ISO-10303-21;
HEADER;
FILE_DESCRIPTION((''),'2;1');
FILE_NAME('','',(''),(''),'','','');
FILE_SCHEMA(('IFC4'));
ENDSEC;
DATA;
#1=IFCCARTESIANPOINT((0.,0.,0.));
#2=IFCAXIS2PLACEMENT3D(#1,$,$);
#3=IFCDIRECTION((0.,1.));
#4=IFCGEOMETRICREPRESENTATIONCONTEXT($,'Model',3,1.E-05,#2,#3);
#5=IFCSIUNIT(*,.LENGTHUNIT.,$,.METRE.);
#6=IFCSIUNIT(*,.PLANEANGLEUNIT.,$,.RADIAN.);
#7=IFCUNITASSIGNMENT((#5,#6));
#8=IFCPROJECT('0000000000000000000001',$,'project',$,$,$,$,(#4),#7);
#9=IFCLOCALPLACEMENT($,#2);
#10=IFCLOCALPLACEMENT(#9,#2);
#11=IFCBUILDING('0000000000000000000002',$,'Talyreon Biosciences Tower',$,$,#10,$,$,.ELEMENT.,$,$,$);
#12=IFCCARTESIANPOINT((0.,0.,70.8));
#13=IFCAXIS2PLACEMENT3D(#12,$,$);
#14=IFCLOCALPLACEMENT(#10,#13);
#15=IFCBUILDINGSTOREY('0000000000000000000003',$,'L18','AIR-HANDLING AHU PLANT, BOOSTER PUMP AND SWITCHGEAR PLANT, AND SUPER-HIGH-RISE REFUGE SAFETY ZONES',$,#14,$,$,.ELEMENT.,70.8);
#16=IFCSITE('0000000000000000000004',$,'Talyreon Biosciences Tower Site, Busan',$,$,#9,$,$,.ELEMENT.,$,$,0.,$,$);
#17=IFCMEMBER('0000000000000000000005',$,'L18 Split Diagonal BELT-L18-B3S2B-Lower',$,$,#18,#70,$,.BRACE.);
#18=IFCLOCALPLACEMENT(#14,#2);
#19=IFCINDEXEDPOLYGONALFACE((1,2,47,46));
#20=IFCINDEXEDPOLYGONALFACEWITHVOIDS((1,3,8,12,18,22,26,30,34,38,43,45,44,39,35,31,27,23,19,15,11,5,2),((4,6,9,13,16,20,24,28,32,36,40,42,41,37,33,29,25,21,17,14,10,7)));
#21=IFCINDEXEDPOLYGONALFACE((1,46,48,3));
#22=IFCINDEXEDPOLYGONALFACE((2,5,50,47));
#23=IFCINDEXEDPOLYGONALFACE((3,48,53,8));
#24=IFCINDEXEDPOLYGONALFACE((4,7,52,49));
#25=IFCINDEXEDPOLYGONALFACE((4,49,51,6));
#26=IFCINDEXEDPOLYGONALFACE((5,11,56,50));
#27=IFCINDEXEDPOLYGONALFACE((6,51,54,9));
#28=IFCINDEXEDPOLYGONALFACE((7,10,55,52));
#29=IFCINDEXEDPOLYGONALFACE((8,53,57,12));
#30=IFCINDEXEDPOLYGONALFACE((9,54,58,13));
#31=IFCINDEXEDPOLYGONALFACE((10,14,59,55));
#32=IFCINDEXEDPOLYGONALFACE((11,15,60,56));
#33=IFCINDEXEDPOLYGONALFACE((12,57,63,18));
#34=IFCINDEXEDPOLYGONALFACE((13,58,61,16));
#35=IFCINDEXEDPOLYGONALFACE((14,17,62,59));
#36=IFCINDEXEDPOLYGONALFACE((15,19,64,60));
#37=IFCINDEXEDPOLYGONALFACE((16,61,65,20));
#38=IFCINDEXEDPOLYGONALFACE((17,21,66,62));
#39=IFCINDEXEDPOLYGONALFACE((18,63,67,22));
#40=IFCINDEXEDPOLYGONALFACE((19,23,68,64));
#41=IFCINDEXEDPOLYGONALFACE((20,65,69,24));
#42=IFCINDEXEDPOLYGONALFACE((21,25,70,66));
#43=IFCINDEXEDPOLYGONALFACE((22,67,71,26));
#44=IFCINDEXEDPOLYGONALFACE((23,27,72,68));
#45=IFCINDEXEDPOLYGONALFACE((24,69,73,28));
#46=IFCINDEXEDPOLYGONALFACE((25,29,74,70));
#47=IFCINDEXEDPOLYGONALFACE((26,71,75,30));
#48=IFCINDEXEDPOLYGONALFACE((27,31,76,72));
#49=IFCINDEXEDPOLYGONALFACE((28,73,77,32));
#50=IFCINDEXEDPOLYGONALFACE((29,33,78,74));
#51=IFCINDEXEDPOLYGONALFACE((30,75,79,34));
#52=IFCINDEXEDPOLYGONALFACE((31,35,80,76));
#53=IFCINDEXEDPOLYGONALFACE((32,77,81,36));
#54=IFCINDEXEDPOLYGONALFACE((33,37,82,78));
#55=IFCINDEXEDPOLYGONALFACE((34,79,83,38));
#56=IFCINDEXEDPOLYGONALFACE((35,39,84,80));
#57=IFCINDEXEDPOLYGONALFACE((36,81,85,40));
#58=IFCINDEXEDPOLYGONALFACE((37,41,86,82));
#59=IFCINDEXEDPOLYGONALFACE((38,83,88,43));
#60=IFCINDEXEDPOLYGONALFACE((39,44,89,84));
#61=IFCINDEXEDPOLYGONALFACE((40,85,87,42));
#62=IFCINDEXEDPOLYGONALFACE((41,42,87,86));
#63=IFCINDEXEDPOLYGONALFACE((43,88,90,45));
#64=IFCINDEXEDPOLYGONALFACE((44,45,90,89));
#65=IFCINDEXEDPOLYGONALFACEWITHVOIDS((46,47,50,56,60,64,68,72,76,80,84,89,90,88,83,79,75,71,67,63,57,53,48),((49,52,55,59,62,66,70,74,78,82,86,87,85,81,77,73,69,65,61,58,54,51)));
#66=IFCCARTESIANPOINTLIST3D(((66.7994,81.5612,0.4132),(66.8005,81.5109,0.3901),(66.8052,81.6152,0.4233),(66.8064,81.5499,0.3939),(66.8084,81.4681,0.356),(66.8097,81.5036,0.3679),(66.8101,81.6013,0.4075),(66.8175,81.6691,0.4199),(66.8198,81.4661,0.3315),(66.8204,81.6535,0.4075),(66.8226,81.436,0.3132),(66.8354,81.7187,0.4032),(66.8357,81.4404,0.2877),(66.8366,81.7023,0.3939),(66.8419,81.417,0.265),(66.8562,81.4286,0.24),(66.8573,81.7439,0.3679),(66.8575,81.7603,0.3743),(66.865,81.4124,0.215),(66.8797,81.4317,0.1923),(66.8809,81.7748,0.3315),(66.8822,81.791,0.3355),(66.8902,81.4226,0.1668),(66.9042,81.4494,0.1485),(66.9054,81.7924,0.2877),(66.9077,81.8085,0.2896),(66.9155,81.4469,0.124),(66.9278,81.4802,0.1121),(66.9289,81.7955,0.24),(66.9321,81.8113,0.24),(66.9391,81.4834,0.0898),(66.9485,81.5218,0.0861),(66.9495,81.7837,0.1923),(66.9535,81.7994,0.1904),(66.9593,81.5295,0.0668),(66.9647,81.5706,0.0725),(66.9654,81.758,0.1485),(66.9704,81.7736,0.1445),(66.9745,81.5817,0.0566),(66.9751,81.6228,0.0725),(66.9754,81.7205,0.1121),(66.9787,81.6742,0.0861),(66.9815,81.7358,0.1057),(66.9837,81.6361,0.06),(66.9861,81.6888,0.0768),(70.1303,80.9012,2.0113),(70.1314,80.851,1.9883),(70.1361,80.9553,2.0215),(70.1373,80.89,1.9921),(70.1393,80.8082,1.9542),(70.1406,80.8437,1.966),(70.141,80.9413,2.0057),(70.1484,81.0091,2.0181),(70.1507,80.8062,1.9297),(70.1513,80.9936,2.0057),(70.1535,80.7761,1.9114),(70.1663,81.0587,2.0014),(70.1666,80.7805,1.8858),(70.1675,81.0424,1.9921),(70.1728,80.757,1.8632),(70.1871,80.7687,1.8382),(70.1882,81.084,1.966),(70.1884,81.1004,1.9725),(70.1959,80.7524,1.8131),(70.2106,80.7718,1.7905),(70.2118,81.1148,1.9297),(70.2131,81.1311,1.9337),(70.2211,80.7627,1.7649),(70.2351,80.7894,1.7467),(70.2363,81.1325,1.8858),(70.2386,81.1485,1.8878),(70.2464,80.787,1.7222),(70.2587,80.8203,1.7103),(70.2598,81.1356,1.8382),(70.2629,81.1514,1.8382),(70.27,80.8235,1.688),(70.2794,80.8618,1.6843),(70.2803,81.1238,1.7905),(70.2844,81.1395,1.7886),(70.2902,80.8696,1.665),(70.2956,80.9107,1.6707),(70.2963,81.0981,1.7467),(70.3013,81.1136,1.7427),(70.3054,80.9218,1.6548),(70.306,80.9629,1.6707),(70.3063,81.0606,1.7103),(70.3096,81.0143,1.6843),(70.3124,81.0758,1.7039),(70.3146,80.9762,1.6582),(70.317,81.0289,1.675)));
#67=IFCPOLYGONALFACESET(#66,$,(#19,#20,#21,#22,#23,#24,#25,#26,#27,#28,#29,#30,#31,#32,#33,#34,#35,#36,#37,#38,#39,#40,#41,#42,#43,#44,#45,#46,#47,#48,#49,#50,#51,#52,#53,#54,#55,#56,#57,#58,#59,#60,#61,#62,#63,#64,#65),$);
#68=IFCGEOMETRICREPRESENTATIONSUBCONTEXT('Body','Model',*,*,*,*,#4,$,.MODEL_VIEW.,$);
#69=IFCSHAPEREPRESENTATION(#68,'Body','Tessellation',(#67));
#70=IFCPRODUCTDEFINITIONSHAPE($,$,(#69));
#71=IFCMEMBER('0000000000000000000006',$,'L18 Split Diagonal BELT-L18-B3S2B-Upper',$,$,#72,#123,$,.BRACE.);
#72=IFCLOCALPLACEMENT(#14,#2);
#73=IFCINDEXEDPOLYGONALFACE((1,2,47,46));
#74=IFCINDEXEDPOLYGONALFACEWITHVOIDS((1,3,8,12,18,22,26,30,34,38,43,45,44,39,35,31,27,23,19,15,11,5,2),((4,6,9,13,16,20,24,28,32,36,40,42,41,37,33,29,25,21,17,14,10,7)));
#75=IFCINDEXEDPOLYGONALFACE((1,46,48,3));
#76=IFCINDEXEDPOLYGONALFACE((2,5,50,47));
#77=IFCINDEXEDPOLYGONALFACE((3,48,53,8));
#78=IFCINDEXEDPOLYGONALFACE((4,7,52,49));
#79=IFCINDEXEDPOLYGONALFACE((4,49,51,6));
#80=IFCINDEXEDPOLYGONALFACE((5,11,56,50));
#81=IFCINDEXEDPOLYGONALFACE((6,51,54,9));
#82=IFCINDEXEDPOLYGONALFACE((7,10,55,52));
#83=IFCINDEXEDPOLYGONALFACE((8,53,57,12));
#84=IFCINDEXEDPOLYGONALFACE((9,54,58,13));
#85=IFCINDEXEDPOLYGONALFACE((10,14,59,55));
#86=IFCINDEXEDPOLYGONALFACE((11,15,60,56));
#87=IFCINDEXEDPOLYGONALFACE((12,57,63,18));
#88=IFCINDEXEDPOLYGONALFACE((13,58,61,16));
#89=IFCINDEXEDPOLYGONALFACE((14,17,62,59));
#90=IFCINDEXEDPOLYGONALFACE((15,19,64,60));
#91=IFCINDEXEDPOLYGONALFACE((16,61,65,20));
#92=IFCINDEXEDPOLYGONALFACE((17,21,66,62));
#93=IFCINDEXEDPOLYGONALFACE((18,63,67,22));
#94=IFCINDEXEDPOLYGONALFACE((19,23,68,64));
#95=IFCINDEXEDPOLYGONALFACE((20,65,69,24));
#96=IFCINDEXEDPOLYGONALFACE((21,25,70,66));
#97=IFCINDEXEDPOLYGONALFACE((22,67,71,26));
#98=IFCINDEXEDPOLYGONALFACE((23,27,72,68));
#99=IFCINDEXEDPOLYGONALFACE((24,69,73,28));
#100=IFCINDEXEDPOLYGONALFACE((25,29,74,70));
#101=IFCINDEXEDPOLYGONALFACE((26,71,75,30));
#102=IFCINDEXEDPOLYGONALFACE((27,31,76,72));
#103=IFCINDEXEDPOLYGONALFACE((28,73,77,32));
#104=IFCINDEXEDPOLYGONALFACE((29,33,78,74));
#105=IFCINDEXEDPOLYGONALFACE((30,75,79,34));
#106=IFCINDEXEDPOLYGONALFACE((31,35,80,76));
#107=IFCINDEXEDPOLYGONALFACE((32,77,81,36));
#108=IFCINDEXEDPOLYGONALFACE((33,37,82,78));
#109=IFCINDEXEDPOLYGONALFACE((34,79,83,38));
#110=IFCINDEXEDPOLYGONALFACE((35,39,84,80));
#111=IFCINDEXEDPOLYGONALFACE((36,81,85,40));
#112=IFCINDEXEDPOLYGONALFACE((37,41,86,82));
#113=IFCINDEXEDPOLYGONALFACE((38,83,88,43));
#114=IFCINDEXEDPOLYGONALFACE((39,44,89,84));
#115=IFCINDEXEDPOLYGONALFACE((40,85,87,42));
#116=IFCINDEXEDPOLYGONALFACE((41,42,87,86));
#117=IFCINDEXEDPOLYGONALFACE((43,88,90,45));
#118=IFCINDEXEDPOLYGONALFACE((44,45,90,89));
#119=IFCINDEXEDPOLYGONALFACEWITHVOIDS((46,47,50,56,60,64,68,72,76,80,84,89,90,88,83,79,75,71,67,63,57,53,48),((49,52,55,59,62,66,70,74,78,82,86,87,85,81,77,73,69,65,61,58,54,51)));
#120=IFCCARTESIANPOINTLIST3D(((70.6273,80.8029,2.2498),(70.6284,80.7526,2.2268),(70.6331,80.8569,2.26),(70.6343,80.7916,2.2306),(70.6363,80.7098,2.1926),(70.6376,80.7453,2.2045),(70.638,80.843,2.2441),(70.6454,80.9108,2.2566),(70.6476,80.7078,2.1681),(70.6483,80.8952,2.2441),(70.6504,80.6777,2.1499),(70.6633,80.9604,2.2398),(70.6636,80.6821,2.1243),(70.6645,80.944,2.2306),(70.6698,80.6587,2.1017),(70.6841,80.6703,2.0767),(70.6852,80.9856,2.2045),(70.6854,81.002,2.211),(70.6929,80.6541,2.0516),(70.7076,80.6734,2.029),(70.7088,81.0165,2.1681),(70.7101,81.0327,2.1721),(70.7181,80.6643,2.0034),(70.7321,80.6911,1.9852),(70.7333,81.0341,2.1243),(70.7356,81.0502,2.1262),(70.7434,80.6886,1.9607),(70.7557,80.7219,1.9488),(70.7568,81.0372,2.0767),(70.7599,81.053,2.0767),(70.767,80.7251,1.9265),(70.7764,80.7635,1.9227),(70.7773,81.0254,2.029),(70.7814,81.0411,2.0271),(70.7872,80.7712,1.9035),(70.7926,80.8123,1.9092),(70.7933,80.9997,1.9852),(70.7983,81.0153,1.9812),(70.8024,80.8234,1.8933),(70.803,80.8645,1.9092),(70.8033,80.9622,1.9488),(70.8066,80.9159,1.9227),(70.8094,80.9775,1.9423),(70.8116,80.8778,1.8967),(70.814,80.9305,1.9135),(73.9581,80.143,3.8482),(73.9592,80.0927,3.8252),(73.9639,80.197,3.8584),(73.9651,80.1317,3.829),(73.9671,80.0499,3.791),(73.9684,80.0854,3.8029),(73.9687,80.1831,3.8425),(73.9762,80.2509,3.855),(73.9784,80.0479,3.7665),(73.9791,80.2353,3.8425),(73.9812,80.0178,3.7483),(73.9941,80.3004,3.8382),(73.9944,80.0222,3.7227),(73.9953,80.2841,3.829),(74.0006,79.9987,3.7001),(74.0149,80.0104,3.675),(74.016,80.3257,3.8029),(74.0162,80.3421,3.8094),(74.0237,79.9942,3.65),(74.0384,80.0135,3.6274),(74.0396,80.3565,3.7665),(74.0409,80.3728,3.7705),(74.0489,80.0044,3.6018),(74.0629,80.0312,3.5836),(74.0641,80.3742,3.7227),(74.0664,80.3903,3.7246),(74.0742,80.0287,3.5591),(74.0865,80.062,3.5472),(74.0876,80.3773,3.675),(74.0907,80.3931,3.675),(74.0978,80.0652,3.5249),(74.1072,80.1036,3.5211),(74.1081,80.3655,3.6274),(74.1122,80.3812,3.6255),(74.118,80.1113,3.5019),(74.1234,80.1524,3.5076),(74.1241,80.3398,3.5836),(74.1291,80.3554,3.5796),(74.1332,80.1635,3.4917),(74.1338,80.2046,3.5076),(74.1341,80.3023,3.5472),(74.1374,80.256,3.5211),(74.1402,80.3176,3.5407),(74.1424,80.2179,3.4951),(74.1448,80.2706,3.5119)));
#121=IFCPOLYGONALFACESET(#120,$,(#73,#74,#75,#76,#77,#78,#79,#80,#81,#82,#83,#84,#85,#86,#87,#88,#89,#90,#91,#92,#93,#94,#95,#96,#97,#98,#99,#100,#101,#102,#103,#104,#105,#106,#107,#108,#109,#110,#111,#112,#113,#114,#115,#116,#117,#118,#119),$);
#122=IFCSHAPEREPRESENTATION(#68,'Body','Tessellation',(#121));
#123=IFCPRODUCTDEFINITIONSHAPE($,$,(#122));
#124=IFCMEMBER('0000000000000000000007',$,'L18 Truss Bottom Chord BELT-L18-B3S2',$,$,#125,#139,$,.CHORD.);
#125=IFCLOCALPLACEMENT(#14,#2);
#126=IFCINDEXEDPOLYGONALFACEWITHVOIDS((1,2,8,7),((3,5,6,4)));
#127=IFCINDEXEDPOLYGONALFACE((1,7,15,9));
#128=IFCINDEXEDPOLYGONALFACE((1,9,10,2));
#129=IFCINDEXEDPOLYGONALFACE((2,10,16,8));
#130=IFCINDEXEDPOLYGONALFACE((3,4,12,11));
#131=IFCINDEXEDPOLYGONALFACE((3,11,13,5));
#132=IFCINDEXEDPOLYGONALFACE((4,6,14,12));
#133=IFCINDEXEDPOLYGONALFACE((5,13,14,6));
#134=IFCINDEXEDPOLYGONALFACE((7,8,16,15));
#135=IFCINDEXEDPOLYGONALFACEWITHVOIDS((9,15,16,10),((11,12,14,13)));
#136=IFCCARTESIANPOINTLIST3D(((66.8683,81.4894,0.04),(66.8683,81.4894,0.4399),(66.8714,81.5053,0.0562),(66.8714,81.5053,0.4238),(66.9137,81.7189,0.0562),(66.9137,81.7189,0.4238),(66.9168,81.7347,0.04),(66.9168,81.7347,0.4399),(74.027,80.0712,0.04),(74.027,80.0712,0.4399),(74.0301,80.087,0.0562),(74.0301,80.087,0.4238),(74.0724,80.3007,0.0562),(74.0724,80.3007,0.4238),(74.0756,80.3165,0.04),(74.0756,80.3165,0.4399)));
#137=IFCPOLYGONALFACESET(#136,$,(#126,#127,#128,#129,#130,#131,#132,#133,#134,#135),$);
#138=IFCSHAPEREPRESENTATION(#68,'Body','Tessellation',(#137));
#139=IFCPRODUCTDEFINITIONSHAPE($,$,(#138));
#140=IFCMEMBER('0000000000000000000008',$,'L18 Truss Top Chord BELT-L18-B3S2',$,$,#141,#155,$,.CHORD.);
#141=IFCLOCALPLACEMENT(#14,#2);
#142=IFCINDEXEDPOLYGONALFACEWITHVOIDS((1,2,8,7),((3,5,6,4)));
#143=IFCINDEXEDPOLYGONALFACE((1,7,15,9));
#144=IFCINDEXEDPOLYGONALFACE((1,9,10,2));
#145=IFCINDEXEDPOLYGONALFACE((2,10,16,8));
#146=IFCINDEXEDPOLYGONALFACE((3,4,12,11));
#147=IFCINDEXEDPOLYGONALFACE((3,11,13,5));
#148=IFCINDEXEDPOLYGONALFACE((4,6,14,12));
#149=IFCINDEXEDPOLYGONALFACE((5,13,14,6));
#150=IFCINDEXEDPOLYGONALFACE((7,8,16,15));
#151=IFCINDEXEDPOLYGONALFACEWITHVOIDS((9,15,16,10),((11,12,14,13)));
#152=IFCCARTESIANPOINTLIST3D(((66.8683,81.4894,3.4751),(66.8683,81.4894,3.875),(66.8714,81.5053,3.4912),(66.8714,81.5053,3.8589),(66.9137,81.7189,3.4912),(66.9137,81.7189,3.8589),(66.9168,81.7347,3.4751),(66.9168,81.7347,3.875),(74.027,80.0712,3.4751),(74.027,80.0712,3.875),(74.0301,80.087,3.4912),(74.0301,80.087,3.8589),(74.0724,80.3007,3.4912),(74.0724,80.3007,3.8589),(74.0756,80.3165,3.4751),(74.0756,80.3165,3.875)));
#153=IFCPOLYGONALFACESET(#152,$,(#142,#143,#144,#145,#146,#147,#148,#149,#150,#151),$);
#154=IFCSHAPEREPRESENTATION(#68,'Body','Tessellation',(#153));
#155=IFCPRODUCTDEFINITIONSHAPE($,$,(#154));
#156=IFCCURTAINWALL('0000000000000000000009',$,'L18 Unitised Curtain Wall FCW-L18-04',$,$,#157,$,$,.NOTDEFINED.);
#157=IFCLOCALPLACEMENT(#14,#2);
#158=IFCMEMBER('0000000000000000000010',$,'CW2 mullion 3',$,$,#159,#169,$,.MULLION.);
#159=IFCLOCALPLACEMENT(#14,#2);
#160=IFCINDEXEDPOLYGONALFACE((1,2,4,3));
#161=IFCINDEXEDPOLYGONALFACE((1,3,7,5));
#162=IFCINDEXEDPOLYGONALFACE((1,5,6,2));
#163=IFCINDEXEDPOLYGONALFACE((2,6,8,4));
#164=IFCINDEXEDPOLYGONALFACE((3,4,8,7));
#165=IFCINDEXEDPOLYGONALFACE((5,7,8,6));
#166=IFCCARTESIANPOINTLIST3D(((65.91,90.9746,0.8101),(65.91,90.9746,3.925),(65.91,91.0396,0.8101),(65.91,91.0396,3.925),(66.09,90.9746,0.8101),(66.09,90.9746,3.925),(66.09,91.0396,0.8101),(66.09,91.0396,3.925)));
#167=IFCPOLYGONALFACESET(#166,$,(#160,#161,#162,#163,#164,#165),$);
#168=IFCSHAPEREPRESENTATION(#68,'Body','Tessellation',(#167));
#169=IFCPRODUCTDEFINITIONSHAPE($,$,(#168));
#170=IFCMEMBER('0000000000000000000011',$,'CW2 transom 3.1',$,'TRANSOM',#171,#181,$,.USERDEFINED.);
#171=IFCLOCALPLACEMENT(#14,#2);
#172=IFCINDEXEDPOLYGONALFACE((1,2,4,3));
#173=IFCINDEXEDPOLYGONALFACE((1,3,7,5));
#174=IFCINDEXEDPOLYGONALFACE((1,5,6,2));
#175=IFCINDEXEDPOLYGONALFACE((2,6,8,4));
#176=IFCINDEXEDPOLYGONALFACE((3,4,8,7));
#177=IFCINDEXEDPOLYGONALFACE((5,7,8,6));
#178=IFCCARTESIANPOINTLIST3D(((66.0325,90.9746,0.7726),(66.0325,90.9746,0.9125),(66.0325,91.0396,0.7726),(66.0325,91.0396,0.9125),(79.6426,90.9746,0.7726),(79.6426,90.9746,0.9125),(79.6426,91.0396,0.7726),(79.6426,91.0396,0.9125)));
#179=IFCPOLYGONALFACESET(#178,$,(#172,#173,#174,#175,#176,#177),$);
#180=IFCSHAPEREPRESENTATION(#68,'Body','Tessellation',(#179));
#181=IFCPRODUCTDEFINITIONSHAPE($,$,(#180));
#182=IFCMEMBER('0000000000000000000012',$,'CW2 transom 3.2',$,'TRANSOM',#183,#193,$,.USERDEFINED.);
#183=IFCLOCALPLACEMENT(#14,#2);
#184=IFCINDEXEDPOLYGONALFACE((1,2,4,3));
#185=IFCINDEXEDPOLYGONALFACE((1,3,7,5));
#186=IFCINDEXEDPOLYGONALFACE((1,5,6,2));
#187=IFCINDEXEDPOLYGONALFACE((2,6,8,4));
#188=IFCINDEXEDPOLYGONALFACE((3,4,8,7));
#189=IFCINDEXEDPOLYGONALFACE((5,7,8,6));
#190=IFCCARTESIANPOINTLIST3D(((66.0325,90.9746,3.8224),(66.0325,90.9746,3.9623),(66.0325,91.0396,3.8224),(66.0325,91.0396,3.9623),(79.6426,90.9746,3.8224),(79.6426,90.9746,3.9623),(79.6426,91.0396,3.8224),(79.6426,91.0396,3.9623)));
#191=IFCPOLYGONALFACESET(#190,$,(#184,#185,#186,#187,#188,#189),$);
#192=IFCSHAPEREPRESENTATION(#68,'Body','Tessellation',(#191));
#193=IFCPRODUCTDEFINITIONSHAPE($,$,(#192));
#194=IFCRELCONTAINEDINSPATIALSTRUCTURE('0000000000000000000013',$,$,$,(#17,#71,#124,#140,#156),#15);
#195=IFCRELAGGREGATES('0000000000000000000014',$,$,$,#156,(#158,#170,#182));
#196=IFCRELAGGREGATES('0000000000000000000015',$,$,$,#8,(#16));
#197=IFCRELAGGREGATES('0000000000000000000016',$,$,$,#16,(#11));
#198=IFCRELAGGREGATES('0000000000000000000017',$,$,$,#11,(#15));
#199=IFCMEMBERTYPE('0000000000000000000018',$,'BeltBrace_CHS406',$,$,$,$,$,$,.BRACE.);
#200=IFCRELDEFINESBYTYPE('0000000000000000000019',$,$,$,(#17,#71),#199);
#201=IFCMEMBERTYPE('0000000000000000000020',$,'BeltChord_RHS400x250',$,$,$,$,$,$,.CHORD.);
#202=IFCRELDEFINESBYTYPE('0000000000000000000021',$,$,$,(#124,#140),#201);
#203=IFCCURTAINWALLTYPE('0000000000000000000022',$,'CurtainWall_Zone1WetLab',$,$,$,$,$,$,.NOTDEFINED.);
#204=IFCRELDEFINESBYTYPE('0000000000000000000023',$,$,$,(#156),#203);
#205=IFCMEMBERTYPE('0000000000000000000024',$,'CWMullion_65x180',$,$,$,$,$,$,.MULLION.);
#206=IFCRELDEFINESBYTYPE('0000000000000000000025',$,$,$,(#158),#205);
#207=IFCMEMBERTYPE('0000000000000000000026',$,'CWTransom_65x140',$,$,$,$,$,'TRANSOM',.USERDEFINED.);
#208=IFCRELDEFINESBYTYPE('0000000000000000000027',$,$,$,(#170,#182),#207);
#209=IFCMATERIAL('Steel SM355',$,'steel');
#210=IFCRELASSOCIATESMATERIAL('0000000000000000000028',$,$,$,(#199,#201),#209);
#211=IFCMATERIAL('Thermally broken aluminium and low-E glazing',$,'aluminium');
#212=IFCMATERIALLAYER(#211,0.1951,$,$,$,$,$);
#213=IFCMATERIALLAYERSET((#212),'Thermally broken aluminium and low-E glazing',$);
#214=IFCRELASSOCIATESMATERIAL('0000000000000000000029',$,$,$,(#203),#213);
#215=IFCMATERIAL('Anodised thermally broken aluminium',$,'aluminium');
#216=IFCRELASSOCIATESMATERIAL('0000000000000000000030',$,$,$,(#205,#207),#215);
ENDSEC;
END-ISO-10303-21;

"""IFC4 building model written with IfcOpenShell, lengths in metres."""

from ifc_helpers import new_model, si_unit, direction, frame, origin, origin_2d, place, context, subcontext, project, spatial, rectangle, hollow_rectangle, hollow_circle, extrude, material, layer, layer_set, material_profile, profile_set, type_object, element, aggregate, save


model = new_model("IFC4")

# Units and contexts
model_context = context("Model", 3, precision=1e-05, world=origin(), true_north=direction((0.0, 1.0)))
body_context = subcontext(model_context, "Body", "Model", "MODEL_VIEW")
ifc_project = project(units=[si_unit("LENGTHUNIT", "METRE"), si_unit("PLANEANGLEUNIT", "RADIAN")], contexts=[model_context])

# Site, building, storey
site_placement = place(None, origin())
site = spatial("IfcSite", under=ifc_project, at=site_placement, Name="Talyreon Biosciences Tower Site, Busan", CompositionType="ELEMENT", RefElevation=0.0)
building_placement = place(site_placement, origin())
building = spatial("IfcBuilding", under=site, at=building_placement, Name="Talyreon Biosciences Tower", CompositionType="ELEMENT")
storey_placement = place(building_placement, frame((0.0, 0.0, 70.8)))
storey = spatial("IfcBuildingStorey", under=building, at=storey_placement, Name="L18", Description="AIR-HANDLING AHU PLANT, BOOSTER PUMP AND SWITCHGEAR PLANT, AND SUPER-HIGH-RISE REFUGE SAFETY ZONES", CompositionType="ELEMENT", Elevation=70.8)

# Members
ifc_material_1 = material(Name="Steel SM355", Category="steel")
ifc_material_profile_1 = material_profile(ifc_material_1, hollow_circle(Radius=0.2031, WallThickness=0.0161, at=origin_2d()), Name="CHS 406.4x16")
ifc_profile_set_1 = profile_set([ifc_material_profile_1], Name="Steel SM355")
member_type_1 = type_object("IfcMemberType", Name="BeltBrace_CHS406", PredefinedType="BRACE", material=ifc_profile_set_1)
for number, where, z_axis, x_axis, name in (
    (1, (66.8926, 81.6121, 0.24), (0.887543, -0.175843, 0.425849), (0.194346, 0.980933, 0.0), "L18 Split Diagonal BELT-L18-B3S2B-Lower"),
    (2, (70.7205, 80.8538, 2.0767), (0.887518, -0.175838, 0.425902), (0.194346, 0.980933, 0.0), "L18 Split Diagonal BELT-L18-B3S2B-Upper"),
):
    element("IfcMember", number, at=place(storey_placement, frame(where, z_axis=z_axis, x_axis=x_axis)), inside=storey, type_object=member_type_1, Name=name, PredefinedType="BRACE", context=body_context, shape_type="SweptSolid", body=[
        extrude(hollow_circle(Radius=0.2031, WallThickness=0.0161, at=origin_2d()), origin(), (0.0, 0.0, 1.0), 3.7529),
    ])
ifc_material_profile_2 = material_profile(ifc_material_1, hollow_rectangle(XDim=0.25, YDim=0.3999, WallThickness=0.0161, at=origin_2d()), Name="RHS 400x250x16")
ifc_profile_set_2 = profile_set([ifc_material_profile_2], Name="Steel SM355")
member_type_2 = type_object("IfcMemberType", Name="BeltChord_RHS400x250", PredefinedType="CHORD", material=ifc_profile_set_2)
for number, where, z_axis, x_axis, name in (
    (3, (74.0513, 80.1938, 0.24), (-0.980935, 0.194334, 0.0), (-0.194334, -0.980935, 0.0), "L18 Truss Bottom Chord BELT-L18-B3S2"),
    (4, (74.0513, 80.1938, 3.675), (-0.980935, 0.194334, 0.0), (-0.194334, -0.980935, 0.0), "L18 Truss Top Chord BELT-L18-B3S2"),
):
    element("IfcMember", number, at=place(storey_placement, frame(where, z_axis=z_axis, x_axis=x_axis)), inside=storey, type_object=member_type_2, Name=name, PredefinedType="CHORD", context=body_context, shape_type="SweptSolid", body=[
        extrude(hollow_rectangle(XDim=0.25, YDim=0.3999, WallThickness=0.0161, at=origin_2d()), origin(), (0.0, 0.0, 1.0), 7.2979),
    ])

# Curtain wall, members
ifc_material_2 = material(Name="Thermally broken aluminium and low-E glazing", Category="aluminium")
ifc_layer_1 = layer(ifc_material_2, 0.1951)
ifc_layer_set_1 = layer_set([ifc_layer_1], Name="Thermally broken aluminium and low-E glazing")
curtain_wall_type = type_object("IfcCurtainWallType", Name="CurtainWall_Zone1WetLab", PredefinedType="NOTDEFINED", material=ifc_layer_set_1)
curtain_wall_placement = place(storey_placement, origin())
curtain_wall = element("IfcCurtainWall", 5, at=curtain_wall_placement, inside=storey, type_object=curtain_wall_type, Name="L18 Unitised Curtain Wall FCW-L18-04", PredefinedType="NOTDEFINED")
ifc_material_3 = material(Name="Anodised thermally broken aluminium", Category="aluminium")
ifc_material_profile_3 = material_profile(ifc_material_3, rectangle(XDim=0.0649, YDim=0.1799, at=origin_2d()), Name="ALUM MULLION 65x180")
ifc_profile_set_3 = profile_set([ifc_material_profile_3], Name="Anodised thermally broken aluminium")
member_type_3 = type_object("IfcMemberType", Name="CWMullion_65x180", PredefinedType="MULLION", material=ifc_profile_set_3)
member_1_placement = place(storey_placement, frame((66.0, 91.0071, 0.8101), z_axis=(0.0, 0.0, 1.0), x_axis=(0.0, 1.0, 0.0)))
member_1 = element("IfcMember", 6, at=member_1_placement, type_object=member_type_3, Name="CW2 mullion 3", PredefinedType="MULLION", context=body_context, shape_type="SweptSolid", body=[
    extrude(rectangle(XDim=0.0649, YDim=0.1799, at=origin_2d()), origin(), (0.0, 0.0, 1.0), 3.115),
])
ifc_material_profile_4 = material_profile(ifc_material_3, rectangle(XDim=0.0649, YDim=0.1399, at=origin_2d()), Name="ALUM TRANSOM 65x140")
ifc_profile_set_4 = profile_set([ifc_material_profile_4], Name="Anodised thermally broken aluminium")
member_type_4 = type_object("IfcMemberType", Name="CWTransom_65x140", ElementType="TRANSOM", PredefinedType="USERDEFINED", material=ifc_profile_set_4)
member_2_placement = place(storey_placement, frame((66.0325, 91.0071, 0.8425), z_axis=(1.0, 0.0, 0.0), x_axis=(0.0, 1.0, 0.0)))
member_2 = element("IfcMember", 7, at=member_2_placement, type_object=member_type_4, Name="CW2 transom 3.1", ObjectType="TRANSOM", PredefinedType="USERDEFINED", context=body_context, shape_type="SweptSolid", body=[
    extrude(rectangle(XDim=0.0649, YDim=0.1399, at=origin_2d()), origin(), (0.0, 0.0, 1.0), 13.6101),
])
member_3_placement = place(storey_placement, frame((66.0325, 91.0071, 3.8923), z_axis=(1.0, 0.0, 0.0), x_axis=(0.0, 1.0, 0.0)))
member_3 = element("IfcMember", 8, at=member_3_placement, type_object=member_type_4, Name="CW2 transom 3.2", ObjectType="TRANSOM", PredefinedType="USERDEFINED", context=body_context, shape_type="SweptSolid", body=[
    extrude(rectangle(XDim=0.0649, YDim=0.1399, at=origin_2d()), origin(), (0.0, 0.0, 1.0), 13.6101),
])

aggregate(curtain_wall, [member_1, member_2, member_3])

save(model, "model.ifc")
